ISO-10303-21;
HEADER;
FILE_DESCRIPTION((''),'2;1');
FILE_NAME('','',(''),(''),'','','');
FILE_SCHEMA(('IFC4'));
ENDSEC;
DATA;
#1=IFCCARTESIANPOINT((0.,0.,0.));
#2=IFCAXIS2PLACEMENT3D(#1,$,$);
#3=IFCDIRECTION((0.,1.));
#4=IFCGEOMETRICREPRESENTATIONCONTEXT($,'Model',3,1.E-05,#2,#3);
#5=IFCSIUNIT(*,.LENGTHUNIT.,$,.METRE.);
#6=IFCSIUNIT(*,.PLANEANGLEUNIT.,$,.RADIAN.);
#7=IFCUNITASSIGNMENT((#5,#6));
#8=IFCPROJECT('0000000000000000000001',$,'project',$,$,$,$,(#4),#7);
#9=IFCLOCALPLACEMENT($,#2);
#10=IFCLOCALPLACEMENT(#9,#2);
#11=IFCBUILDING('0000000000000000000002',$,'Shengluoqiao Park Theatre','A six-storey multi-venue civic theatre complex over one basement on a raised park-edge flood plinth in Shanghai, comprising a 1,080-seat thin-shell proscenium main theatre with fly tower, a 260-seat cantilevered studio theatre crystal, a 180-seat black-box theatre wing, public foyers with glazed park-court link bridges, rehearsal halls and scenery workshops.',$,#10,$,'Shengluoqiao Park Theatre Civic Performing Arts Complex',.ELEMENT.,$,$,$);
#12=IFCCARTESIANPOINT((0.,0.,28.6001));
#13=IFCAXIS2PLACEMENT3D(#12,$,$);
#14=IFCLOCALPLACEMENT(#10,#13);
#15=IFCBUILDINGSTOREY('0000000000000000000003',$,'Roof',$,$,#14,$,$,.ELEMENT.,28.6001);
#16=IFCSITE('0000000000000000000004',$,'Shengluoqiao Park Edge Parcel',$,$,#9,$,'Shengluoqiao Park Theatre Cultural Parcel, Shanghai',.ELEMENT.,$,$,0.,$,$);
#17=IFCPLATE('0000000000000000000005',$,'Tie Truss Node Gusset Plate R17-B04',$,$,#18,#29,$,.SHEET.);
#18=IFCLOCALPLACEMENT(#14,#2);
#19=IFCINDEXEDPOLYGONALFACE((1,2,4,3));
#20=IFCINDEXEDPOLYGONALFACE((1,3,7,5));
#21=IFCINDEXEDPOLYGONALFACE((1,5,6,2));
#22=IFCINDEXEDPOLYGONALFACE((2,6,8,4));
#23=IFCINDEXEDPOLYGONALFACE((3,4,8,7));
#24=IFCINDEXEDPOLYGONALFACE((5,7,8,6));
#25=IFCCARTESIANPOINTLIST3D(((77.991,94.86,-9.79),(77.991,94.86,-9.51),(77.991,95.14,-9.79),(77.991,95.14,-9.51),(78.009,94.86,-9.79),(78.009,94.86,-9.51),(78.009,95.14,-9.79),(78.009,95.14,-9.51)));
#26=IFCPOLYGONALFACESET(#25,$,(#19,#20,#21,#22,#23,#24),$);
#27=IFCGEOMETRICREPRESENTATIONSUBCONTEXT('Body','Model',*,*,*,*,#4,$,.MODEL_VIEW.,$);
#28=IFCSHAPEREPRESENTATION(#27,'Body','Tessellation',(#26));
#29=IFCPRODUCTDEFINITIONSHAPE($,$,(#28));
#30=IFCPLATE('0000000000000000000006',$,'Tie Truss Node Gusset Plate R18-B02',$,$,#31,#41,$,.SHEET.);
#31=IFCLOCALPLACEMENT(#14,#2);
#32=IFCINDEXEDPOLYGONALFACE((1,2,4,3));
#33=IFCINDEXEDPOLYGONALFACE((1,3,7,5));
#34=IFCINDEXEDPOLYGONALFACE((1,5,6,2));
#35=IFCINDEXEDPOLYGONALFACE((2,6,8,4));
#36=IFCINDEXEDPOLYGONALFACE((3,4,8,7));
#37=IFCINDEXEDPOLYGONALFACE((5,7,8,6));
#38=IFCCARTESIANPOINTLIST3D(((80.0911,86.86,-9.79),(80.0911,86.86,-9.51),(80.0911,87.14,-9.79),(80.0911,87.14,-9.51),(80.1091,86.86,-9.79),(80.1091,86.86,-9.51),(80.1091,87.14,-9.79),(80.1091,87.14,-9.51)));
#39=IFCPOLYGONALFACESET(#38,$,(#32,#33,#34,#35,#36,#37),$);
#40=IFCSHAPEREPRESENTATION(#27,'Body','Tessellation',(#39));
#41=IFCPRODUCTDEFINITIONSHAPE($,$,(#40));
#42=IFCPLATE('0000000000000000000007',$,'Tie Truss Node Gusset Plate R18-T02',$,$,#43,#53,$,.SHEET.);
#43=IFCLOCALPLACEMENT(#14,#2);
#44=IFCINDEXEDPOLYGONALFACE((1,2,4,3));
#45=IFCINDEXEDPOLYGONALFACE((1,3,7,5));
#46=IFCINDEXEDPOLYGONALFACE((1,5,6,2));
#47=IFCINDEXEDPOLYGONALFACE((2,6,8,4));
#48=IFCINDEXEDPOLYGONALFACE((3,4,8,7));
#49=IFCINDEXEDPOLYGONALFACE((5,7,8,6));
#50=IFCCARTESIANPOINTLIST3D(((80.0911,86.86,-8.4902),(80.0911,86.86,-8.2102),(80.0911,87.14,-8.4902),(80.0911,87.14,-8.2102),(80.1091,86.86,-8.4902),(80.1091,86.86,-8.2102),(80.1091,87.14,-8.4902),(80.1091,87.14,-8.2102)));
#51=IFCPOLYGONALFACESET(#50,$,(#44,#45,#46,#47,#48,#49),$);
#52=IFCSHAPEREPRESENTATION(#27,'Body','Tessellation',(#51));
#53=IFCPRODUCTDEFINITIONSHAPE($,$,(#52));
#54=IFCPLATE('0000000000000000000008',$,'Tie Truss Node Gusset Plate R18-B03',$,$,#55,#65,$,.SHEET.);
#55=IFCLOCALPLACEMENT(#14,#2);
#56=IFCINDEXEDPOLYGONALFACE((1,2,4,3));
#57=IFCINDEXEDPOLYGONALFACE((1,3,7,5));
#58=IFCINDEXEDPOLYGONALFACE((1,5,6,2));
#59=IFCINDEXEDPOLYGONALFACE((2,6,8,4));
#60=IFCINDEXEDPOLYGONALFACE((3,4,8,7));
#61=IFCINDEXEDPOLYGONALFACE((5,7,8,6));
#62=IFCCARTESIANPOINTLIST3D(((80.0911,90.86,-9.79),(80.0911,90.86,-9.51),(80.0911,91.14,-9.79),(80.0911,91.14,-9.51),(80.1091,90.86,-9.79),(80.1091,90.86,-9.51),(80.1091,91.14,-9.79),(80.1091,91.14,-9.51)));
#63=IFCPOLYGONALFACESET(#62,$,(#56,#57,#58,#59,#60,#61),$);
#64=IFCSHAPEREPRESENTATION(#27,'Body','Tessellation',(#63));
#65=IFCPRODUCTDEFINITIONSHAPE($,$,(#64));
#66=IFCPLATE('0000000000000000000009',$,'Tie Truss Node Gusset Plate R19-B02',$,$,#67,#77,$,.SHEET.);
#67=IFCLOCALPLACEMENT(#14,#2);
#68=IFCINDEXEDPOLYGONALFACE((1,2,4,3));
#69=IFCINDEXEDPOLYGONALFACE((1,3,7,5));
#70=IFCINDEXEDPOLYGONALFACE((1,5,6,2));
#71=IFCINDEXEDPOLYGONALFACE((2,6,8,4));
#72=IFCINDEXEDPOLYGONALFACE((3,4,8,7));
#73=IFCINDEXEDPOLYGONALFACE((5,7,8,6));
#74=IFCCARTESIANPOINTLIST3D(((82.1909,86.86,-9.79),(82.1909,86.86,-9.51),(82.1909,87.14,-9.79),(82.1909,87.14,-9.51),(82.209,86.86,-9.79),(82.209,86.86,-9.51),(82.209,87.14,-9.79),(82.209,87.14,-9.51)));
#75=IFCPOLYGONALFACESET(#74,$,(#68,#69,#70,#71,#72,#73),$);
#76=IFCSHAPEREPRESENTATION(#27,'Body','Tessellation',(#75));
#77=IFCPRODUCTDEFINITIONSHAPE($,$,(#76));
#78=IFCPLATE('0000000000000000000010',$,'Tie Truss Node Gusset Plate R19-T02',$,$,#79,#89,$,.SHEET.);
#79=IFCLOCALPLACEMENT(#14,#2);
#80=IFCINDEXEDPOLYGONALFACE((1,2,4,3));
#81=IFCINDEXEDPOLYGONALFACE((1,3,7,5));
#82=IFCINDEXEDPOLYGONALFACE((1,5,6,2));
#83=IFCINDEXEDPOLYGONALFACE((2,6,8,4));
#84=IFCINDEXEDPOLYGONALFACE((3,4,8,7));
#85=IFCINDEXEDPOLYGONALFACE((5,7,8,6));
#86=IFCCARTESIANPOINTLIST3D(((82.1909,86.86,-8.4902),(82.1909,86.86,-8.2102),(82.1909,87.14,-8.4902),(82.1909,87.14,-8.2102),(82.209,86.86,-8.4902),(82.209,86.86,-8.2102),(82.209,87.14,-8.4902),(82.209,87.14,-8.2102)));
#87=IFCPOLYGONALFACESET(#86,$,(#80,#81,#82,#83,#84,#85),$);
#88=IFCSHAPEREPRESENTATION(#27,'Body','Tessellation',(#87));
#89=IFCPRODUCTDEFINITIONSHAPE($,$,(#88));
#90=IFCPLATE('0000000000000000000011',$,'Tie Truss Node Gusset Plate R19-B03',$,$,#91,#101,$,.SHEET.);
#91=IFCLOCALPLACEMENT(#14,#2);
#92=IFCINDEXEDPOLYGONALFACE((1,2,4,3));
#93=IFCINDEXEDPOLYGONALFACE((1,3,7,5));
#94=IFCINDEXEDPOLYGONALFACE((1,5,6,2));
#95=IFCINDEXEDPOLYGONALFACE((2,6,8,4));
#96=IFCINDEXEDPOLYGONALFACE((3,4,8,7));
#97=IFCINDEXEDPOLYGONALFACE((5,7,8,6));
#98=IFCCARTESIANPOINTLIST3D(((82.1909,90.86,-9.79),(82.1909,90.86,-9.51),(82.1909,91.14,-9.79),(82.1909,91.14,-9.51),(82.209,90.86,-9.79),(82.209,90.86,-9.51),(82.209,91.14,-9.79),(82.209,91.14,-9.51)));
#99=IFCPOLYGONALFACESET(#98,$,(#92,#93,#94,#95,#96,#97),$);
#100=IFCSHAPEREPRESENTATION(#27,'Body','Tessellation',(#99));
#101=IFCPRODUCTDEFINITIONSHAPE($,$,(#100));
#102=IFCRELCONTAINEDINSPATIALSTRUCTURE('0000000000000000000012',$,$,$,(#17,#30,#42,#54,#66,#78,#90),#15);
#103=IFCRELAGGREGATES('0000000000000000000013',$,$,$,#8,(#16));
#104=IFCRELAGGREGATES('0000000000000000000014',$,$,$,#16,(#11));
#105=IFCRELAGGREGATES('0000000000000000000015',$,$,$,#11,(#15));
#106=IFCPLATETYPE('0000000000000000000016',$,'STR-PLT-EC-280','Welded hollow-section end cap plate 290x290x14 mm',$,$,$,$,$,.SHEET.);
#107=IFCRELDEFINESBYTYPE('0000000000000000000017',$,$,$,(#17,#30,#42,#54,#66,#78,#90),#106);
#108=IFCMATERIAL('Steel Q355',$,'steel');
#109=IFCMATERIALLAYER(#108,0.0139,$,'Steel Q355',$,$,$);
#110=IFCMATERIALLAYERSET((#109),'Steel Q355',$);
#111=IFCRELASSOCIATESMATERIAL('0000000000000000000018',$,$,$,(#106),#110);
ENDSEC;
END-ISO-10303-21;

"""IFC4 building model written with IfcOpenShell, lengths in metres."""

from ifc_helpers import new_model, si_unit, direction, frame, origin, origin_2d, place, context, subcontext, project, spatial, rectangle, extrude, material, layer, layer_set, type_object, element, save


model = new_model("IFC4")

# Units and contexts
model_context = context("Model", 3, precision=1e-05, world=origin(), true_north=direction((0.0, 1.0)))
body_context = subcontext(model_context, "Body", "Model", "MODEL_VIEW")
ifc_project = project(units=[si_unit("LENGTHUNIT", "METRE"), si_unit("PLANEANGLEUNIT", "RADIAN")], contexts=[model_context])

# Site, building, storey
site_placement = place(None, origin())
site = spatial("IfcSite", under=ifc_project, at=site_placement, Name="Shengluoqiao Park Edge Parcel", LongName="Shengluoqiao Park Theatre Cultural Parcel, Shanghai", CompositionType="ELEMENT", RefElevation=0.0)
building_placement = place(site_placement, origin())
building = spatial("IfcBuilding", under=site, at=building_placement, Name="Shengluoqiao Park Theatre", Description="A six-storey multi-venue civic theatre complex over one basement on a raised park-edge flood plinth in Shanghai, comprising a 1,080-seat thin-shell proscenium main theatre with fly tower, a 260-seat cantilevered studio theatre crystal, a 180-seat black-box theatre wing, public foyers with glazed park-court link bridges, rehearsal halls and scenery workshops.", LongName="Shengluoqiao Park Theatre Civic Performing Arts Complex", CompositionType="ELEMENT")
storey_placement = place(building_placement, frame((0.0, 0.0, 28.6001)))
storey = spatial("IfcBuildingStorey", under=building, at=storey_placement, Name="Roof", CompositionType="ELEMENT", Elevation=28.6001)

# Shared definitions
ifc_material = material(Name="Steel Q355", Category="steel")

# Plates
ifc_layer = layer(ifc_material, 0.0139, Name="Steel Q355")
ifc_layer_set = layer_set([ifc_layer], Name="Steel Q355")
plate_type = type_object("IfcPlateType", Name="STR-PLT-EC-280", Description="Welded hollow-section end cap plate 290x290x14 mm", PredefinedType="SHEET", material=ifc_layer_set)
for number, where, z_axis, x_axis, name in (
    (1, (78.0, 95.0, -9.79), (0.0, 0.0, 1.0), (1.0, 0.0, 0.0), "Tie Truss Node Gusset Plate R17-B04"),
    (2, (80.1001, 87.0, -9.79), (0.0, 0.0, 1.0), (1.0, 0.0, 0.0), "Tie Truss Node Gusset Plate R18-B02"),
    (3, (80.1001, 87.0, -8.4902), (0.0, 0.0, 1.0), (1.0, 0.0, 0.0), "Tie Truss Node Gusset Plate R18-T02"),
    (4, (80.1001, 91.0, -9.79), (0.0, 0.0, 1.0), (1.0, 0.0, 0.0), "Tie Truss Node Gusset Plate R18-B03"),
    (5, (82.2, 87.0, -9.79), (0.0, 0.0, 1.0), (1.0, 0.0, 0.0), "Tie Truss Node Gusset Plate R19-B02"),
    (6, (82.2, 87.0, -8.4902), (0.0, 0.0, 1.0), (1.0, 0.0, 0.0), "Tie Truss Node Gusset Plate R19-T02"),
    (7, (82.2, 91.0, -9.79), (0.0, 0.0, 1.0), (1.0, 0.0, 0.0), "Tie Truss Node Gusset Plate R19-B03"),
):
    element("IfcPlate", number, at=place(storey_placement, frame(where, z_axis=z_axis, x_axis=x_axis)), inside=storey, type_object=plate_type, Name=name, PredefinedType="SHEET", context=body_context, shape_type="SweptSolid", body=[
        extrude(rectangle(XDim=0.0181, YDim=0.28, at=origin_2d()), origin(), (0.0, 0.0, 1.0), 0.28),
    ])

save(model, "model.ifc")
